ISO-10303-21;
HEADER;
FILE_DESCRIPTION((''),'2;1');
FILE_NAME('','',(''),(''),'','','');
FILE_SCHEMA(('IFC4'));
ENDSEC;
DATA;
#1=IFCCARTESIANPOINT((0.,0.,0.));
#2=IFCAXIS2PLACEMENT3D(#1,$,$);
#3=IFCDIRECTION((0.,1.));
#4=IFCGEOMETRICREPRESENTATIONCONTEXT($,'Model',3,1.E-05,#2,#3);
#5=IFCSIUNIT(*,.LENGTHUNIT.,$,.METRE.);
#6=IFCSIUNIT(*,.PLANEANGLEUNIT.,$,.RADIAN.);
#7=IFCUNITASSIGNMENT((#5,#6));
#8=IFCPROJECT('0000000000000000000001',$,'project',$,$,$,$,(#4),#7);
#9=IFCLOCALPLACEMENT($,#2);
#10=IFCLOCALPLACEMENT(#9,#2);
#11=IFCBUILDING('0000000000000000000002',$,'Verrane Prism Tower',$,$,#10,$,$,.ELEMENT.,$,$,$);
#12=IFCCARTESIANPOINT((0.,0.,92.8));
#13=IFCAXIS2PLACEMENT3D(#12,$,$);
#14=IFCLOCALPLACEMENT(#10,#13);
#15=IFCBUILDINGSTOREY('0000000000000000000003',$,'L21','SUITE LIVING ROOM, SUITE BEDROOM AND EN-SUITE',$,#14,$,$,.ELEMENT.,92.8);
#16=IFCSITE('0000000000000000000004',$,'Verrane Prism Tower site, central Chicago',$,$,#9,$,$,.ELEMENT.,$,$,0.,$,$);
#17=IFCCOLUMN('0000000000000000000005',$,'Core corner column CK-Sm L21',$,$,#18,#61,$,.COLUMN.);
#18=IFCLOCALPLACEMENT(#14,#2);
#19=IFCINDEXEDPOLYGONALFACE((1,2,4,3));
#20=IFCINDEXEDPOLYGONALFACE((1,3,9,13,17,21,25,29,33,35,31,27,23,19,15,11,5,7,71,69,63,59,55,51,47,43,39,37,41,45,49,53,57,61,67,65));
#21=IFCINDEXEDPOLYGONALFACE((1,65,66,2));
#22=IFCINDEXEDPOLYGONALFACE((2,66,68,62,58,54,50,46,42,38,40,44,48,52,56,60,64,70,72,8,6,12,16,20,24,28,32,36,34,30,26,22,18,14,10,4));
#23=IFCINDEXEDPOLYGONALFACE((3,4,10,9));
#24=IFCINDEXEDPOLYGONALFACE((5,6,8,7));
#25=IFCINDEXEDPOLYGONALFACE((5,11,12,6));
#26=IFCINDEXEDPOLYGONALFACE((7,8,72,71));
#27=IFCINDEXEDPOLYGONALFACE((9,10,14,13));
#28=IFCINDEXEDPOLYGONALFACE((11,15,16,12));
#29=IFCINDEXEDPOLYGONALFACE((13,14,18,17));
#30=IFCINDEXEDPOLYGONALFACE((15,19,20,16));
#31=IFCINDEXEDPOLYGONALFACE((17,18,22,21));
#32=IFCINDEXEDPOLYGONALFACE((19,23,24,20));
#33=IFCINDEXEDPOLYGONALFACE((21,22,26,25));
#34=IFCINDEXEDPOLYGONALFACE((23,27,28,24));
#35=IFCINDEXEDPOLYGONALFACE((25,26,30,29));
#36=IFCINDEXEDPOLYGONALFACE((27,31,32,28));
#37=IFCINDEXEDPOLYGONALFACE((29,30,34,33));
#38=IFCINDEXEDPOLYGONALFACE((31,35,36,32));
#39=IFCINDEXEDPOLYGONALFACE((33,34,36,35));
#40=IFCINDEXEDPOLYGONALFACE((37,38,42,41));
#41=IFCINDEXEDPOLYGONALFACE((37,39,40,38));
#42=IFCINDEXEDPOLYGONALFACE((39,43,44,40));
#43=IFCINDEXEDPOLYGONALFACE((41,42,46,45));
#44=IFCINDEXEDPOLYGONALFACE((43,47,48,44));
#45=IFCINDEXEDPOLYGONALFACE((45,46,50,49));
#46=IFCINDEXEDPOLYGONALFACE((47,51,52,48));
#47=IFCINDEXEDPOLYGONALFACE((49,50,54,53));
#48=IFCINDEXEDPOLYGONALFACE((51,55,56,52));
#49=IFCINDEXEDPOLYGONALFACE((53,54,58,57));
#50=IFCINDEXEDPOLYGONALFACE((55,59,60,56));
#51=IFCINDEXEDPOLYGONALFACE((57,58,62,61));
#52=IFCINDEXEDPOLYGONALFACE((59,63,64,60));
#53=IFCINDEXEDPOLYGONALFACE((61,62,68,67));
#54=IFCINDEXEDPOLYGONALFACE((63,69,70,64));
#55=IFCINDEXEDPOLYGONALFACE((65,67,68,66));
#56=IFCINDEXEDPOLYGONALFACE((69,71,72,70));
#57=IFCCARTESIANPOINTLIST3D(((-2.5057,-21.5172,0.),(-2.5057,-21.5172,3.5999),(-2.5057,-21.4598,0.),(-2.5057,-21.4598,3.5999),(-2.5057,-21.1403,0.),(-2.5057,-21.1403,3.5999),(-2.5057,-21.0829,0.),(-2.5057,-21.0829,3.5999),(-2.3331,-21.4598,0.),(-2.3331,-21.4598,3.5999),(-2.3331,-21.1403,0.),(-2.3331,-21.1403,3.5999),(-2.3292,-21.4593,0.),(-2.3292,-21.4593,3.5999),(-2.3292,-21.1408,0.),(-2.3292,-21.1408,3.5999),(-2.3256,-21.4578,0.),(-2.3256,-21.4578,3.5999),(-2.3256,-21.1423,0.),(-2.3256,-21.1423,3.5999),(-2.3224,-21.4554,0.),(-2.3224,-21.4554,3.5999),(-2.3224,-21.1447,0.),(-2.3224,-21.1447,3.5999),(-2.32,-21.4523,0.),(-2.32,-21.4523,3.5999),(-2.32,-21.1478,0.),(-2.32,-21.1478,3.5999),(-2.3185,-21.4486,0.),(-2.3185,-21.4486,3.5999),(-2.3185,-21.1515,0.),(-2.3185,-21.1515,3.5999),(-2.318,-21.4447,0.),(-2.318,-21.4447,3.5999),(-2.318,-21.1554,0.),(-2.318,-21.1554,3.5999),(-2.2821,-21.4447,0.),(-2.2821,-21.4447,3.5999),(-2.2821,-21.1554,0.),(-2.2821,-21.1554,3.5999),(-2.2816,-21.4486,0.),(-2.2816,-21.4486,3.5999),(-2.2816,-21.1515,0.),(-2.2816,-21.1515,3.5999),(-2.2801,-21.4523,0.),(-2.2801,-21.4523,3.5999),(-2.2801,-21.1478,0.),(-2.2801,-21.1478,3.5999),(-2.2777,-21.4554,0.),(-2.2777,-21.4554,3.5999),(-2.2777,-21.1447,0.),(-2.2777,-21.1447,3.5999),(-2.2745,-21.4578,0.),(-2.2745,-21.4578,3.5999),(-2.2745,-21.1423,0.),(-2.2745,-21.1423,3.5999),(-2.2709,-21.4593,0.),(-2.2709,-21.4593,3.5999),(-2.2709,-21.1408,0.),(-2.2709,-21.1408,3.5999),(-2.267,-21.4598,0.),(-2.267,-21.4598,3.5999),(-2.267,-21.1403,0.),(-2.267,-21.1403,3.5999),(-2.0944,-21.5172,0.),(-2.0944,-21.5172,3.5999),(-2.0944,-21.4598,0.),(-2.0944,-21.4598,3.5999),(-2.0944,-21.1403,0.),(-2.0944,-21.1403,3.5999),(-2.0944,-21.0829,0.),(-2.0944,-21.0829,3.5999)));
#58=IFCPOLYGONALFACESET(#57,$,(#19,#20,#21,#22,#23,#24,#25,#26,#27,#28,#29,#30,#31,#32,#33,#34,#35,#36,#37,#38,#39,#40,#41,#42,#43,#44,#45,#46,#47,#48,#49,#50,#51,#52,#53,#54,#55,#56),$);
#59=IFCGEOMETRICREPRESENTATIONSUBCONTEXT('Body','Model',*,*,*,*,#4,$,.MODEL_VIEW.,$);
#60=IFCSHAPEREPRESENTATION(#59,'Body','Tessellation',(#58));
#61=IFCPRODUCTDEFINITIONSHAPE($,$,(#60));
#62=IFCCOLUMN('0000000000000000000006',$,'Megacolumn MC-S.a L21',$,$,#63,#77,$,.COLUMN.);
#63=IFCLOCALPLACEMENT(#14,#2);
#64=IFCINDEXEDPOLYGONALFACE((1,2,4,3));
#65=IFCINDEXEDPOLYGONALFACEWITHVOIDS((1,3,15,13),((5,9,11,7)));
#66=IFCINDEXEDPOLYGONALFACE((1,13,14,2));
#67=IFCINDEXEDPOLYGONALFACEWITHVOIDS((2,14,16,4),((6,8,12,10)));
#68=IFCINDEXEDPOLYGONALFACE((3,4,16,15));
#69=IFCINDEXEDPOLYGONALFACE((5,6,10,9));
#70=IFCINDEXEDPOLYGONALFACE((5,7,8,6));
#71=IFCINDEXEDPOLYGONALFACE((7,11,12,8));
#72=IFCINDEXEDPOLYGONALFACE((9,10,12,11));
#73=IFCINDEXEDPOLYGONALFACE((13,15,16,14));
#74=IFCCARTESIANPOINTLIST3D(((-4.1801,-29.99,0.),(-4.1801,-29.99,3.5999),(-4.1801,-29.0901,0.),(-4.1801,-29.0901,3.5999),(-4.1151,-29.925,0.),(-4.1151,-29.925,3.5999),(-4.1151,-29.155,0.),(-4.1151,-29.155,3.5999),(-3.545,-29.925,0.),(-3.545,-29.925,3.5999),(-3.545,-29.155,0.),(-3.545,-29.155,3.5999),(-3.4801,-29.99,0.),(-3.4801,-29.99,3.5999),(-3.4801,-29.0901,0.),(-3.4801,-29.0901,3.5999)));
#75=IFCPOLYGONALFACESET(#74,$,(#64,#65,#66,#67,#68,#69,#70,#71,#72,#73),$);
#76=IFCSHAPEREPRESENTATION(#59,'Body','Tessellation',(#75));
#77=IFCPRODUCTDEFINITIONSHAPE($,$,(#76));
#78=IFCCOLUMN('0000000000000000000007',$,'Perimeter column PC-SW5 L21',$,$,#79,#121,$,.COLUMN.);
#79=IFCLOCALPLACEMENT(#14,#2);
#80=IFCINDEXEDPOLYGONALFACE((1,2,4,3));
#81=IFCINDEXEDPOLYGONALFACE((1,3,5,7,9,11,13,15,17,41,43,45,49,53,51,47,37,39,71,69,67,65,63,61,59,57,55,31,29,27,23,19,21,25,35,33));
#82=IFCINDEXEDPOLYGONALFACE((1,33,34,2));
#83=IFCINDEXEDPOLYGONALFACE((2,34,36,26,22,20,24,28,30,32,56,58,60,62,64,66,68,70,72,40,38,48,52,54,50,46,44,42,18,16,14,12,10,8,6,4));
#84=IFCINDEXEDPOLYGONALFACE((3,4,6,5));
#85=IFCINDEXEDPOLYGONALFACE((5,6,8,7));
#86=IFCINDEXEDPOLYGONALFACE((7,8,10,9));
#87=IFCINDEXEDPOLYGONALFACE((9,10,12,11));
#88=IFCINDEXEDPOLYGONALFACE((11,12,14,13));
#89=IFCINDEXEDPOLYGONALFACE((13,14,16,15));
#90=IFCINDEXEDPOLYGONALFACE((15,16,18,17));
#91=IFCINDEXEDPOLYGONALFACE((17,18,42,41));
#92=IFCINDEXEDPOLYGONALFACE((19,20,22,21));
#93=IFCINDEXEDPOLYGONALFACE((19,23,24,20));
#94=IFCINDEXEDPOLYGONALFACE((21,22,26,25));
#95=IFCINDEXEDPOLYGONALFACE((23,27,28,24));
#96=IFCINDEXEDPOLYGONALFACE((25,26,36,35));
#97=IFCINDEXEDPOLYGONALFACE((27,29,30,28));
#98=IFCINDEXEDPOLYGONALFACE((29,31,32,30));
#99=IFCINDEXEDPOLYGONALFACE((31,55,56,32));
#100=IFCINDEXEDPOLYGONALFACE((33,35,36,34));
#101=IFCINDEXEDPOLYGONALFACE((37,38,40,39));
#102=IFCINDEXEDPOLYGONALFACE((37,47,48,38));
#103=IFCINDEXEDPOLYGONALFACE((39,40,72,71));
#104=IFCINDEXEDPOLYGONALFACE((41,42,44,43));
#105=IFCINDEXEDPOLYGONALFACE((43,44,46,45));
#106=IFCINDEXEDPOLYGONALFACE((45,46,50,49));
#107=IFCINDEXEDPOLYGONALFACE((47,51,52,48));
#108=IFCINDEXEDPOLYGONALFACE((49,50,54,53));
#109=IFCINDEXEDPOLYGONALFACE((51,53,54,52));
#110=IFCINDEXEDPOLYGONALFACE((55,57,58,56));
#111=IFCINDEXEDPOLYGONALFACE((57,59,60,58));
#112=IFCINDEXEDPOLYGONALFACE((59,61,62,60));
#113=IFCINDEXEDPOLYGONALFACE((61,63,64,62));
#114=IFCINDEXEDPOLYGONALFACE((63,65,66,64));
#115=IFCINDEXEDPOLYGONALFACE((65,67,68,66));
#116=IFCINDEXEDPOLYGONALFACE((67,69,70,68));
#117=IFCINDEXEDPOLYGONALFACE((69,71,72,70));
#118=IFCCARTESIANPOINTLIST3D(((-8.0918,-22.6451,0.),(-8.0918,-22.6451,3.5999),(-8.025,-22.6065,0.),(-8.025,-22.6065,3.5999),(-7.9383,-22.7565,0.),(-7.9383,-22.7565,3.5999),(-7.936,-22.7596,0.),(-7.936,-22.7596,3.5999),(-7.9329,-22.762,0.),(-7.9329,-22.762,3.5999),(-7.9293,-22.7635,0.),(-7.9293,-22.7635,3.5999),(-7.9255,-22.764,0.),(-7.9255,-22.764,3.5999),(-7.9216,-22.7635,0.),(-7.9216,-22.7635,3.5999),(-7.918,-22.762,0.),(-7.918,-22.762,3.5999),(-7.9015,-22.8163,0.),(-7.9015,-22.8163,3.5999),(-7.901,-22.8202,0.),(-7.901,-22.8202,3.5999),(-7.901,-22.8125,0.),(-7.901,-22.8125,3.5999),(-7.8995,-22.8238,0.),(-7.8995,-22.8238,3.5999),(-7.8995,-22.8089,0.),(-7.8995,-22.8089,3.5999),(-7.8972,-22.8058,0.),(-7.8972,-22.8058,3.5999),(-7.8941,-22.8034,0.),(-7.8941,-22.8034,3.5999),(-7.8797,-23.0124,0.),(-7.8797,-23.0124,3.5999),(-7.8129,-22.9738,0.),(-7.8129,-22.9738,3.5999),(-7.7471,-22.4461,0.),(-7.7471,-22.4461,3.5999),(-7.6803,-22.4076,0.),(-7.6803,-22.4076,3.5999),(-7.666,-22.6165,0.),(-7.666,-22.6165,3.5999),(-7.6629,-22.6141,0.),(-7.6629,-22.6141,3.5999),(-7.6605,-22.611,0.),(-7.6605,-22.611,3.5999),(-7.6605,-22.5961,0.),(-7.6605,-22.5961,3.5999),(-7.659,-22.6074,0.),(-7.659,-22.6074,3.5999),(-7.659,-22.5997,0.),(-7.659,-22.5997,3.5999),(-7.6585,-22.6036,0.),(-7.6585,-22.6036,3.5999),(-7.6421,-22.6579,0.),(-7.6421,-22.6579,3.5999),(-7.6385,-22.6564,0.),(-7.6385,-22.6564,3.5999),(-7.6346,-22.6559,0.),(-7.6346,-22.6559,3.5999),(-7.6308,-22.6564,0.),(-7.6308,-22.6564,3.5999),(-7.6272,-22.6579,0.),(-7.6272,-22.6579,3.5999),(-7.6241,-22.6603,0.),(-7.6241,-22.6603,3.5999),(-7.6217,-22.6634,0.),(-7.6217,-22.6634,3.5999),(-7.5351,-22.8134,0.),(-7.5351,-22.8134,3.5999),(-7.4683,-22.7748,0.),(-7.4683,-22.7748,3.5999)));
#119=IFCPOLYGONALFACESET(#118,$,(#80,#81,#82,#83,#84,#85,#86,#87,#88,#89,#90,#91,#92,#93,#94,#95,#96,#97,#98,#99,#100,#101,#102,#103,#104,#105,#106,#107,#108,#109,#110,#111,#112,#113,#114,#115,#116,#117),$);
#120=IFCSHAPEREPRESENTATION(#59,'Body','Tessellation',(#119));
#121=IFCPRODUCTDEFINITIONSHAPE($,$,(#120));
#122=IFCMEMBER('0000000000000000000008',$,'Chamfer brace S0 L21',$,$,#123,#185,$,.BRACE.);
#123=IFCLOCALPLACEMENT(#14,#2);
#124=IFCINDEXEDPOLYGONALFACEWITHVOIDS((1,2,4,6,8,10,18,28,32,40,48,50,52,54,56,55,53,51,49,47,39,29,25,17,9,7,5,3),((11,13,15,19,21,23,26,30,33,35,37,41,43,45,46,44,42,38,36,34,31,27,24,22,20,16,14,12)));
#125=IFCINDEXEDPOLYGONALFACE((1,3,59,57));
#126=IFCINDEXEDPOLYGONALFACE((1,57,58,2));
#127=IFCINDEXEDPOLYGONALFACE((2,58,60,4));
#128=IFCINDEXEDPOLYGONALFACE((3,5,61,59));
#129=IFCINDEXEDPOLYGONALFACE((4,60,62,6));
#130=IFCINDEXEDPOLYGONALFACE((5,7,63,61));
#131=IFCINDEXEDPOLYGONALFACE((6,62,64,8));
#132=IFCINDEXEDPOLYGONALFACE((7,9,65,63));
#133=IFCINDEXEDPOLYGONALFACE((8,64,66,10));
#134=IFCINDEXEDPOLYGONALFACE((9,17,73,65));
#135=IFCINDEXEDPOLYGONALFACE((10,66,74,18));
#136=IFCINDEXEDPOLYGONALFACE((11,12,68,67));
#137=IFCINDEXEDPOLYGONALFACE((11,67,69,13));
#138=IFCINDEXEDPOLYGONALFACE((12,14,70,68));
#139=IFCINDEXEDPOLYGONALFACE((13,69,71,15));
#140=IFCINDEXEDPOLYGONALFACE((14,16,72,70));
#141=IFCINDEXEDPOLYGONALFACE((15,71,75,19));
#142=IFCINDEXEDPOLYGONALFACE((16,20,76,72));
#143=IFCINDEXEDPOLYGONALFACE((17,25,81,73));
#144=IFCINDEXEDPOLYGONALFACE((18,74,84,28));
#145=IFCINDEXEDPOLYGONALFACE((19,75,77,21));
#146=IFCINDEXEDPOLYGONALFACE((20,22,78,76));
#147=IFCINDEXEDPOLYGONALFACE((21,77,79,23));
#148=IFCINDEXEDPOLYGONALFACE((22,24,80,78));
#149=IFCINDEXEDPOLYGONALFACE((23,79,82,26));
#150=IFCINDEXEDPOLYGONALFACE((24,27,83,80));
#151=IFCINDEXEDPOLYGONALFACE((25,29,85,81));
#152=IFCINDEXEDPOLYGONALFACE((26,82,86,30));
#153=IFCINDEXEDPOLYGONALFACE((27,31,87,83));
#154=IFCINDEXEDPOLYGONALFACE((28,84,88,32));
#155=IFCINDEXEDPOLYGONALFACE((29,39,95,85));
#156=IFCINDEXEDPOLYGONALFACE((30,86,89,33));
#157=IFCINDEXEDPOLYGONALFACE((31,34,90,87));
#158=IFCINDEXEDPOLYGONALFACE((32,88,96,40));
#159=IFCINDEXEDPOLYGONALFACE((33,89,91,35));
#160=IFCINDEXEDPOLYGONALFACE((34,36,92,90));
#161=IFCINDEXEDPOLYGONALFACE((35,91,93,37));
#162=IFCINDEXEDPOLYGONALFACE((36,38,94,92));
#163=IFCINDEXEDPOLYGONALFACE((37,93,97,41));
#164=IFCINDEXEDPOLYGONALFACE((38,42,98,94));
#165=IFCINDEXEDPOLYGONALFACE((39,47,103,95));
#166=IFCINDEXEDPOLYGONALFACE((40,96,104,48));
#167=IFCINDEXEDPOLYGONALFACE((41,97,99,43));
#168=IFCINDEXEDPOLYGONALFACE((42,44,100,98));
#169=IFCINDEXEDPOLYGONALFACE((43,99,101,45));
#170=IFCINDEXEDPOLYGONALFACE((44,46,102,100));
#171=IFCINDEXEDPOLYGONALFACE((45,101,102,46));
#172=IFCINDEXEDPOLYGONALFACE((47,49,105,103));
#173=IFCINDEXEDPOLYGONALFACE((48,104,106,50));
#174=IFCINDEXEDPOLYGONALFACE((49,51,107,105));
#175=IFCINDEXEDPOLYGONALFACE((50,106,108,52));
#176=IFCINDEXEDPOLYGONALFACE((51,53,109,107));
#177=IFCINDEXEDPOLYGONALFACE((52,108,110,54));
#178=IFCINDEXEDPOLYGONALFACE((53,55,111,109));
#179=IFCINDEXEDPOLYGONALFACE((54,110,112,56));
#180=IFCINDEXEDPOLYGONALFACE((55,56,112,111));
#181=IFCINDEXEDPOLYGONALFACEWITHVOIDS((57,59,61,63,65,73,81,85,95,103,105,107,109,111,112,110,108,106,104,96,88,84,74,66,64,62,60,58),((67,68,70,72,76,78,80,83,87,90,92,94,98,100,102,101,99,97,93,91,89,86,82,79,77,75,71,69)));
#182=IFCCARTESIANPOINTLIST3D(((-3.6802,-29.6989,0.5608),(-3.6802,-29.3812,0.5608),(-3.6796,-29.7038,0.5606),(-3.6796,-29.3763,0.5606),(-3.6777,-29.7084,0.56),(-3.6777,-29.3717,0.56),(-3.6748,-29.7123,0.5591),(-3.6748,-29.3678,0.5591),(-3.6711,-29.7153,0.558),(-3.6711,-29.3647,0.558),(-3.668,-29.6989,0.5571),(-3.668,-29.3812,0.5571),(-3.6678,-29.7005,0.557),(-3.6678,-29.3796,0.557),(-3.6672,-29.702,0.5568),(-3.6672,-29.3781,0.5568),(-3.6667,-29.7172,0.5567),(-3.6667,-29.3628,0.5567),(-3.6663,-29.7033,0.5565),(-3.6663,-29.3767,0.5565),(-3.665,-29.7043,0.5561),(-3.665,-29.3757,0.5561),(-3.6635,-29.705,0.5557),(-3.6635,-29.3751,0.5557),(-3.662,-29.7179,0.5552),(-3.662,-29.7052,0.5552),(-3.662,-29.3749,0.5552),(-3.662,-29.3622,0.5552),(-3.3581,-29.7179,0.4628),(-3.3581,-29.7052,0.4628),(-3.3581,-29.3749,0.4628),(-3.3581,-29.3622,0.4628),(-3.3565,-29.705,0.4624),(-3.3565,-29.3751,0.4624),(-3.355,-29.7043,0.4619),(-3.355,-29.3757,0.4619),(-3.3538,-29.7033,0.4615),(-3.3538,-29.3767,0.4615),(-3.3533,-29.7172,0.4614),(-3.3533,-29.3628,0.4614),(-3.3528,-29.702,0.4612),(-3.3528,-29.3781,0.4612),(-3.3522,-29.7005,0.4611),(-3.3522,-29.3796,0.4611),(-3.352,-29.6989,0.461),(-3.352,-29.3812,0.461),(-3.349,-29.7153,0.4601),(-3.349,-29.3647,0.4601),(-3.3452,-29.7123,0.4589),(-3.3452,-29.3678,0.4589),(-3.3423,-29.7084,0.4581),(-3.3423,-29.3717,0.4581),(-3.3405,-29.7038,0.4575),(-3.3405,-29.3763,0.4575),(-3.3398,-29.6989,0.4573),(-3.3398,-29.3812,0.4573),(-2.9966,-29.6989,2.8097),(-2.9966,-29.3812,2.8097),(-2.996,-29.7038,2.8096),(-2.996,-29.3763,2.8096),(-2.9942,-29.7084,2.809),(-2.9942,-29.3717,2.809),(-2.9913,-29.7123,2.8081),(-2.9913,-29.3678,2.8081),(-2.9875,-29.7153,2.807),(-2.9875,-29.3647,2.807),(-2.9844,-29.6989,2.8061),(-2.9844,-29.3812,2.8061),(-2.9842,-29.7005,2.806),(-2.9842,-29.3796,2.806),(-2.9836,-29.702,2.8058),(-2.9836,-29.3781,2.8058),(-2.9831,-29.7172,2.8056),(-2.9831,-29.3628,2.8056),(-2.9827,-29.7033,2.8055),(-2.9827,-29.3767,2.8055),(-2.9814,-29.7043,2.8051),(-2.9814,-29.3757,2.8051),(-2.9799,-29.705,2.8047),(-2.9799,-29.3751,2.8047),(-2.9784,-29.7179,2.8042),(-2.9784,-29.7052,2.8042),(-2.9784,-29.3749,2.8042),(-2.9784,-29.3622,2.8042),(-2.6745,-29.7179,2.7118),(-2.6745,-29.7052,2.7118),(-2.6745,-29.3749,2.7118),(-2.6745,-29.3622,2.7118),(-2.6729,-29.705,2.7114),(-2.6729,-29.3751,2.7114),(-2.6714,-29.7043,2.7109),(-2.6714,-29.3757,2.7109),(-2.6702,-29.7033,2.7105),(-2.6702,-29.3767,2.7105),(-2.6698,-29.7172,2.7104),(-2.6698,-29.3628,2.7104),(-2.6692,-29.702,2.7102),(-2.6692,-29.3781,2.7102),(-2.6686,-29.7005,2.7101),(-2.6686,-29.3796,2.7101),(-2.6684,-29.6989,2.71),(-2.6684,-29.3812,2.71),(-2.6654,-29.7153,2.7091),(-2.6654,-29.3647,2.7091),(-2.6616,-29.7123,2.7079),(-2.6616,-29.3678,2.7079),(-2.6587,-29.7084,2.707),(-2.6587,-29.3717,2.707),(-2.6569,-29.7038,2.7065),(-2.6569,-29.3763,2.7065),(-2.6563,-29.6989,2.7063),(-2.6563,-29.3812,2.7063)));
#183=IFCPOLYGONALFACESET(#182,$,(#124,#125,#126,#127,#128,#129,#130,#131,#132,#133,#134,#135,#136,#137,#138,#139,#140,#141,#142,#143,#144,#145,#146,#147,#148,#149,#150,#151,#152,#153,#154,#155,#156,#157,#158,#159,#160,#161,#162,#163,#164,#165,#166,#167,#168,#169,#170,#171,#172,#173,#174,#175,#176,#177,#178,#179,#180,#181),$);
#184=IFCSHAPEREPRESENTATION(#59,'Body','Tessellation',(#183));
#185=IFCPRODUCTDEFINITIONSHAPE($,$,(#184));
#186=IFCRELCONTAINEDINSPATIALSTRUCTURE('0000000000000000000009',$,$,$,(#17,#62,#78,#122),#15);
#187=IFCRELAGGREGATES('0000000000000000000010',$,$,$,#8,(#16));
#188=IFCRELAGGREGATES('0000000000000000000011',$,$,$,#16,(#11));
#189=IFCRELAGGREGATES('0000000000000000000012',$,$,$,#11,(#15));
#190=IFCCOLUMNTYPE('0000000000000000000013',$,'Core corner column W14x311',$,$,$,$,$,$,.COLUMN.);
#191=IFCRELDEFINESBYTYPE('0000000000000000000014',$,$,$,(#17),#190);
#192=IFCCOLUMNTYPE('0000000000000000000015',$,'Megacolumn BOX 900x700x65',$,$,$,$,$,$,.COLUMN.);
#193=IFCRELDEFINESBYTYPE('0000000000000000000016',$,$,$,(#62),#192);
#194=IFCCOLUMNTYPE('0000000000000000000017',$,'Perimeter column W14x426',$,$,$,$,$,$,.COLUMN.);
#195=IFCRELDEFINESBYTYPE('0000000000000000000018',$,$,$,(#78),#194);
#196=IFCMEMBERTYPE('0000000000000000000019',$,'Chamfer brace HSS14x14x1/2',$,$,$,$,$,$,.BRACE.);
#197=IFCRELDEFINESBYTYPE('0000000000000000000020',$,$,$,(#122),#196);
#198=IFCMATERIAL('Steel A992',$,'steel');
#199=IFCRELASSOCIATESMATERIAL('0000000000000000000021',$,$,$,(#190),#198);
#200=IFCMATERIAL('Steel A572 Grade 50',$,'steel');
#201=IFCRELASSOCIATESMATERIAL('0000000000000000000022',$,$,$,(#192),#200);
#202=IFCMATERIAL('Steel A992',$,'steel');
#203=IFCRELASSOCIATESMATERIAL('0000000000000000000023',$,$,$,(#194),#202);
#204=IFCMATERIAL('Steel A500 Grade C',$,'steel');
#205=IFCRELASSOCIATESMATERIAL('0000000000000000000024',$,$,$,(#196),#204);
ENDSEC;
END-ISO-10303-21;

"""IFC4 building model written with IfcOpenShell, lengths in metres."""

from ifc_helpers import new_model, si_unit, direction, frame, origin, origin_2d, place, context, subcontext, project, spatial, hollow_rectangle, i_section, extrude, material, material_profile, profile_set, type_object, element, save


model = new_model("IFC4")

# Units and contexts
model_context = context("Model", 3, precision=1e-05, world=origin(), true_north=direction((0.0, 1.0)))
body_context = subcontext(model_context, "Body", "Model", "MODEL_VIEW")
ifc_project = project(units=[si_unit("LENGTHUNIT", "METRE"), si_unit("PLANEANGLEUNIT", "RADIAN")], contexts=[model_context])

# Site, building, storey
site_placement = place(None, origin())
site = spatial("IfcSite", under=ifc_project, at=site_placement, Name="Verrane Prism Tower site, central Chicago", CompositionType="ELEMENT", RefElevation=0.0)
building_placement = place(site_placement, origin())
building = spatial("IfcBuilding", under=site, at=building_placement, Name="Verrane Prism Tower", CompositionType="ELEMENT")
storey_placement = place(building_placement, frame((0.0, 0.0, 92.8)))
storey = spatial("IfcBuildingStorey", under=building, at=storey_placement, Name="L21", Description="SUITE LIVING ROOM, SUITE BEDROOM AND EN-SUITE", CompositionType="ELEMENT", Elevation=92.8)

# Columns
ifc_material_1 = material(Name="Steel A992", Category="steel")
ifc_material_profile_1 = material_profile(ifc_material_1, i_section(OverallWidth=0.4114, OverallDepth=0.4343, WebThickness=0.0359, FlangeThickness=0.0574, FilletRadius=0.0151, at=origin_2d()), Name="W14x311")
ifc_profile_set_1 = profile_set([ifc_material_profile_1], Name="Steel A992")
column_type_1 = type_object("IfcColumnType", Name="Core corner column W14x311", PredefinedType="COLUMN", material=ifc_profile_set_1)
column_1_placement = place(storey_placement, frame((-2.3, -21.3, 0.0), z_axis=(0.0, 0.0, 1.0), x_axis=(-1.0, 0.0, 0.0)))
element("IfcColumn", 1, at=column_1_placement, inside=storey, type_object=column_type_1, Name="Core corner column CK-Sm L21", PredefinedType="COLUMN", context=body_context, shape_type="SweptSolid", body=[
    extrude(i_section(OverallWidth=0.4114, OverallDepth=0.4343, WebThickness=0.0359, FlangeThickness=0.0574, FilletRadius=0.0151, at=origin_2d()), origin(), (0.0, 0.0, 1.0), 3.5999),
])
ifc_material_2 = material(Name="Steel A572 Grade 50", Category="steel")
ifc_material_profile_2 = material_profile(ifc_material_2, hollow_rectangle(XDim=0.7, YDim=0.8999, WallThickness=0.0649, at=origin_2d()), Name="BOX 900x700x65")
ifc_profile_set_2 = profile_set([ifc_material_profile_2], Name="Steel A572 Grade 50")
column_type_2 = type_object("IfcColumnType", Name="Megacolumn BOX 900x700x65", PredefinedType="COLUMN", material=ifc_profile_set_2)
column_2_placement = place(storey_placement, frame((-3.8301, -29.54, 0.0), z_axis=(0.0, 0.0, 1.0), x_axis=(-1.0, 0.0, 0.0)))
element("IfcColumn", 2, at=column_2_placement, inside=storey, type_object=column_type_2, Name="Megacolumn MC-S.a L21", PredefinedType="COLUMN", context=body_context, shape_type="SweptSolid", body=[
    extrude(hollow_rectangle(XDim=0.7, YDim=0.8999, WallThickness=0.0649, at=origin_2d()), origin(), (0.0, 0.0, 1.0), 3.5999),
])
ifc_material_3 = material(Name="Steel A992", Category="steel")
ifc_material_profile_3 = material_profile(ifc_material_3, i_section(OverallWidth=0.4241, OverallDepth=0.4751, WebThickness=0.0479, FlangeThickness=0.0771, FilletRadius=0.0149, at=origin_2d()), Name="W14x426")
ifc_profile_set_3 = profile_set([ifc_material_profile_3], Name="Steel A992")
column_type_3 = type_object("IfcColumnType", Name="Perimeter column W14x426", PredefinedType="COLUMN", material=ifc_profile_set_3)
column_3_placement = place(storey_placement, frame((-7.78, -22.71, 0.0), z_axis=(0.0, 0.0, 1.0), x_axis=(-0.5, 0.866025, 0.0)))
element("IfcColumn", 3, at=column_3_placement, inside=storey, type_object=column_type_3, Name="Perimeter column PC-SW5 L21", PredefinedType="COLUMN", context=body_context, shape_type="SweptSolid", body=[
    extrude(i_section(OverallWidth=0.4241, OverallDepth=0.4751, WebThickness=0.0479, FlangeThickness=0.0771, FilletRadius=0.0149, at=origin_2d()), origin(), (0.0, 0.0, 1.0), 3.5999),
])

# Member
ifc_material_4 = material(Name="Steel A500 Grade C", Category="steel")
ifc_material_profile_4 = material_profile(ifc_material_4, hollow_rectangle(XDim=0.3557, YDim=0.3557, WallThickness=0.0127, InnerFilletRadius=0.0063, OuterFilletRadius=0.019, at=origin_2d()), Name="HSS14x14x1/2")
ifc_profile_set_4 = profile_set([ifc_material_profile_4], Name="Steel A500 Grade C")
member_type_1 = type_object("IfcMemberType", Name="Chamfer brace HSS14x14x1/2", PredefinedType="BRACE", material=ifc_profile_set_4)
member_1_placement = place(storey_placement, frame((-3.51, -29.54, 0.509), z_axis=(0.290814, 0.0, 0.956779), x_axis=(0.0, 1.0, 0.0)))
element("IfcMember", 4, at=member_1_placement, inside=storey, type_object=member_type_1, Name="Chamfer brace S0 L21", PredefinedType="BRACE", context=body_context, shape_type="SweptSolid", body=[
    extrude(hollow_rectangle(XDim=0.3557, YDim=0.3557, WallThickness=0.0127, InnerFilletRadius=0.0063, OuterFilletRadius=0.019, at=origin_2d()), origin(), (0.0, 0.0, 1.0), 2.3506),
])

save(model, "model.ifc")
